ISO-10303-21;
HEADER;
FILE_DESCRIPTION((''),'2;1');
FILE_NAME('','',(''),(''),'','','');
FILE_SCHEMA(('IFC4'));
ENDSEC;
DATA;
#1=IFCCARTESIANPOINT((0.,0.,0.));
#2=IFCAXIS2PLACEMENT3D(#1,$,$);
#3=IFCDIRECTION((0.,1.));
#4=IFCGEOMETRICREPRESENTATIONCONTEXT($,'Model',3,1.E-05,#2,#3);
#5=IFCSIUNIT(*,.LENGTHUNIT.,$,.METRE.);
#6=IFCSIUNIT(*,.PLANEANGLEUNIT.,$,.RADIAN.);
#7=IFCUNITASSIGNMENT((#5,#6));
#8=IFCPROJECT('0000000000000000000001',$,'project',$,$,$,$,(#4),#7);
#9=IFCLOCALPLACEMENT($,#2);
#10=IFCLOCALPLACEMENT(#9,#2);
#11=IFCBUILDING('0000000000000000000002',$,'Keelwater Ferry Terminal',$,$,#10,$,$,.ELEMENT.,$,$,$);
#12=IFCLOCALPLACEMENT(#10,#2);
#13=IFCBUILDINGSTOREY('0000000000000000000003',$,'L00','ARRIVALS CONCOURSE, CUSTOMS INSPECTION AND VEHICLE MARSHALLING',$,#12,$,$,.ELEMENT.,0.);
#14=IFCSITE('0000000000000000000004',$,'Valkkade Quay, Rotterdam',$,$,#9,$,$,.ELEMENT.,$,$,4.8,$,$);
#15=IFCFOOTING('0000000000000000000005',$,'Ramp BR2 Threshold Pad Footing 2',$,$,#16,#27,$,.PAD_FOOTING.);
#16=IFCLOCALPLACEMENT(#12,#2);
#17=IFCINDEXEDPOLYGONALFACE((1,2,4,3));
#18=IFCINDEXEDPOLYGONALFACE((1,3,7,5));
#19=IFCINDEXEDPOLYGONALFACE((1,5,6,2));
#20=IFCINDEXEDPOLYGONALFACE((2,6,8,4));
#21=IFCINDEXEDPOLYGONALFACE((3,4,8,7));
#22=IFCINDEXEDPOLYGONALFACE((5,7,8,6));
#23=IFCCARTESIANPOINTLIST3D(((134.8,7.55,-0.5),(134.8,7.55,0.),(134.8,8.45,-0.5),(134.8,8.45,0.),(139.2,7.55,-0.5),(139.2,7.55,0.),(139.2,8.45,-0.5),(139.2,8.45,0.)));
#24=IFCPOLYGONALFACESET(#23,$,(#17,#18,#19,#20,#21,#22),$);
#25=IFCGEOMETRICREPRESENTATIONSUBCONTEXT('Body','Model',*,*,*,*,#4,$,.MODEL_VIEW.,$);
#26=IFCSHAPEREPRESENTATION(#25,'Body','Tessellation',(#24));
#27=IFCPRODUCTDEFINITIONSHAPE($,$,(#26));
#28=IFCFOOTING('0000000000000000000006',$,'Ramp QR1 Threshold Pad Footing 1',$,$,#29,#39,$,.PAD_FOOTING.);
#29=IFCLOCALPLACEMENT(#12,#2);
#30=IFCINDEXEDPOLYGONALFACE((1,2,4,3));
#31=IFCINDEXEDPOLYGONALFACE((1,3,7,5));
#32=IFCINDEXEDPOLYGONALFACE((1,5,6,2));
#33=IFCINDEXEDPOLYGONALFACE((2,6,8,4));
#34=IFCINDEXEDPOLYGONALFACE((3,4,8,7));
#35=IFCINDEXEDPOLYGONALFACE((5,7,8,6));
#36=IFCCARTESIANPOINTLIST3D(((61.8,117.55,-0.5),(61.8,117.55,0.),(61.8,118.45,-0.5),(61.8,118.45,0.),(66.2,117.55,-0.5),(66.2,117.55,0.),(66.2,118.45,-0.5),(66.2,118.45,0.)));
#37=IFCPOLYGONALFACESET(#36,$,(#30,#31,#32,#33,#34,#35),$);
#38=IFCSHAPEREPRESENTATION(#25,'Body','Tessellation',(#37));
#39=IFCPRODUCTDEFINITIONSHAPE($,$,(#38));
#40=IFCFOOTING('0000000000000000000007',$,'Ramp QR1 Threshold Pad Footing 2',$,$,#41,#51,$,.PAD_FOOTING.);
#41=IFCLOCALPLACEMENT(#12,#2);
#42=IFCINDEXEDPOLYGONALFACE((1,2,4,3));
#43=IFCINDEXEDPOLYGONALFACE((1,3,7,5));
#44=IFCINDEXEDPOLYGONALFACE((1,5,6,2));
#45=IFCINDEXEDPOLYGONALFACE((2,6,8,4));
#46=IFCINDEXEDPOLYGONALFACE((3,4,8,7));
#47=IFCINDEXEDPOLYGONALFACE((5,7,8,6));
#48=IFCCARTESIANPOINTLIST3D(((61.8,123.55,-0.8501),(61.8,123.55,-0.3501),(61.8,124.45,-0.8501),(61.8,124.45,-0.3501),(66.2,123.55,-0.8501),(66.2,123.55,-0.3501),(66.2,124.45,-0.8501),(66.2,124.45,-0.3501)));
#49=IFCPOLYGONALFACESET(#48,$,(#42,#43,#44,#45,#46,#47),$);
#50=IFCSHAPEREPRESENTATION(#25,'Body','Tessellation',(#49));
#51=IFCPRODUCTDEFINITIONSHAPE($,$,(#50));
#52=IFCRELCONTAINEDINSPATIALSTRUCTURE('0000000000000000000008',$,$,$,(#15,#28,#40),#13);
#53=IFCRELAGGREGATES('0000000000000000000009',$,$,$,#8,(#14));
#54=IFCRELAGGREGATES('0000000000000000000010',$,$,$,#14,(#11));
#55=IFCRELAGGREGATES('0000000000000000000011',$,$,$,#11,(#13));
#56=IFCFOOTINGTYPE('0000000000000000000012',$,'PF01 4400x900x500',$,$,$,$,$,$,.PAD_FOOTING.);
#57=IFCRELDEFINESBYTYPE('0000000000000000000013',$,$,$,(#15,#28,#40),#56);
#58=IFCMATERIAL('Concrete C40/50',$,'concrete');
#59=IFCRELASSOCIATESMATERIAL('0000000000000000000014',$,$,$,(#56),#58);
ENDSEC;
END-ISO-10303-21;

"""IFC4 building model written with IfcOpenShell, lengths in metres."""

from ifc_helpers import new_model, si_unit, direction, frame, origin, place, context, subcontext, project, spatial, polyline, outline, extrude, material, type_object, element, save


model = new_model("IFC4")

# Units and contexts
model_context = context("Model", 3, precision=1e-05, world=origin(), true_north=direction((0.0, 1.0)))
body_context = subcontext(model_context, "Body", "Model", "MODEL_VIEW")
ifc_project = project(units=[si_unit("LENGTHUNIT", "METRE"), si_unit("PLANEANGLEUNIT", "RADIAN")], contexts=[model_context])

# Site, building, storey
site_placement = place(None, origin())
site = spatial("IfcSite", under=ifc_project, at=site_placement, Name="Valkkade Quay, Rotterdam", CompositionType="ELEMENT", RefElevation=4.8)
building_placement = place(site_placement, origin())
building = spatial("IfcBuilding", under=site, at=building_placement, Name="Keelwater Ferry Terminal", CompositionType="ELEMENT")
storey_placement = place(building_placement, origin())
storey = spatial("IfcBuildingStorey", under=building, at=storey_placement, Name="L00", Description="ARRIVALS CONCOURSE, CUSTOMS INSPECTION AND VEHICLE MARSHALLING", CompositionType="ELEMENT", Elevation=0.0)

# Footings
ifc_material_1 = material(Name="Concrete C40/50", Category="concrete")
footing_type = type_object("IfcFootingType", Name="PF01 4400x900x500", PredefinedType="PAD_FOOTING", material=ifc_material_1)
footing_1_placement = place(storey_placement, frame((0.0, 0.0, -0.5)))
element("IfcFooting", 1, at=footing_1_placement, inside=storey, type_object=footing_type, Name="Ramp BR2 Threshold Pad Footing 2", PredefinedType="PAD_FOOTING", context=body_context, shape_type="SweptSolid", body=[
    extrude(outline(polyline([(134.8, 7.55), (139.2, 7.55), (139.2, 8.45), (134.8, 8.45), (134.8, 7.55)])), origin(), (0.0, 0.0, 1.0), 0.5),
])
footing_2_placement = place(storey_placement, frame((0.0, 0.0, -0.5)))
element("IfcFooting", 2, at=footing_2_placement, inside=storey, type_object=footing_type, Name="Ramp QR1 Threshold Pad Footing 1", PredefinedType="PAD_FOOTING", context=body_context, shape_type="SweptSolid", body=[
    extrude(outline(polyline([(61.8, 117.55), (66.2, 117.55), (66.2, 118.45), (61.8, 118.45), (61.8, 117.55)])), origin(), (0.0, 0.0, 1.0), 0.5),
])
footing_3_placement = place(storey_placement, frame((0.0, 0.0, -0.8501)))
element("IfcFooting", 3, at=footing_3_placement, inside=storey, type_object=footing_type, Name="Ramp QR1 Threshold Pad Footing 2", PredefinedType="PAD_FOOTING", context=body_context, shape_type="SweptSolid", body=[
    extrude(outline(polyline([(61.8, 123.55), (66.2, 123.55), (66.2, 124.45), (61.8, 124.45), (61.8, 123.55)])), origin(), (0.0, 0.0, 1.0), 0.5),
])

save(model, "model.ifc")
